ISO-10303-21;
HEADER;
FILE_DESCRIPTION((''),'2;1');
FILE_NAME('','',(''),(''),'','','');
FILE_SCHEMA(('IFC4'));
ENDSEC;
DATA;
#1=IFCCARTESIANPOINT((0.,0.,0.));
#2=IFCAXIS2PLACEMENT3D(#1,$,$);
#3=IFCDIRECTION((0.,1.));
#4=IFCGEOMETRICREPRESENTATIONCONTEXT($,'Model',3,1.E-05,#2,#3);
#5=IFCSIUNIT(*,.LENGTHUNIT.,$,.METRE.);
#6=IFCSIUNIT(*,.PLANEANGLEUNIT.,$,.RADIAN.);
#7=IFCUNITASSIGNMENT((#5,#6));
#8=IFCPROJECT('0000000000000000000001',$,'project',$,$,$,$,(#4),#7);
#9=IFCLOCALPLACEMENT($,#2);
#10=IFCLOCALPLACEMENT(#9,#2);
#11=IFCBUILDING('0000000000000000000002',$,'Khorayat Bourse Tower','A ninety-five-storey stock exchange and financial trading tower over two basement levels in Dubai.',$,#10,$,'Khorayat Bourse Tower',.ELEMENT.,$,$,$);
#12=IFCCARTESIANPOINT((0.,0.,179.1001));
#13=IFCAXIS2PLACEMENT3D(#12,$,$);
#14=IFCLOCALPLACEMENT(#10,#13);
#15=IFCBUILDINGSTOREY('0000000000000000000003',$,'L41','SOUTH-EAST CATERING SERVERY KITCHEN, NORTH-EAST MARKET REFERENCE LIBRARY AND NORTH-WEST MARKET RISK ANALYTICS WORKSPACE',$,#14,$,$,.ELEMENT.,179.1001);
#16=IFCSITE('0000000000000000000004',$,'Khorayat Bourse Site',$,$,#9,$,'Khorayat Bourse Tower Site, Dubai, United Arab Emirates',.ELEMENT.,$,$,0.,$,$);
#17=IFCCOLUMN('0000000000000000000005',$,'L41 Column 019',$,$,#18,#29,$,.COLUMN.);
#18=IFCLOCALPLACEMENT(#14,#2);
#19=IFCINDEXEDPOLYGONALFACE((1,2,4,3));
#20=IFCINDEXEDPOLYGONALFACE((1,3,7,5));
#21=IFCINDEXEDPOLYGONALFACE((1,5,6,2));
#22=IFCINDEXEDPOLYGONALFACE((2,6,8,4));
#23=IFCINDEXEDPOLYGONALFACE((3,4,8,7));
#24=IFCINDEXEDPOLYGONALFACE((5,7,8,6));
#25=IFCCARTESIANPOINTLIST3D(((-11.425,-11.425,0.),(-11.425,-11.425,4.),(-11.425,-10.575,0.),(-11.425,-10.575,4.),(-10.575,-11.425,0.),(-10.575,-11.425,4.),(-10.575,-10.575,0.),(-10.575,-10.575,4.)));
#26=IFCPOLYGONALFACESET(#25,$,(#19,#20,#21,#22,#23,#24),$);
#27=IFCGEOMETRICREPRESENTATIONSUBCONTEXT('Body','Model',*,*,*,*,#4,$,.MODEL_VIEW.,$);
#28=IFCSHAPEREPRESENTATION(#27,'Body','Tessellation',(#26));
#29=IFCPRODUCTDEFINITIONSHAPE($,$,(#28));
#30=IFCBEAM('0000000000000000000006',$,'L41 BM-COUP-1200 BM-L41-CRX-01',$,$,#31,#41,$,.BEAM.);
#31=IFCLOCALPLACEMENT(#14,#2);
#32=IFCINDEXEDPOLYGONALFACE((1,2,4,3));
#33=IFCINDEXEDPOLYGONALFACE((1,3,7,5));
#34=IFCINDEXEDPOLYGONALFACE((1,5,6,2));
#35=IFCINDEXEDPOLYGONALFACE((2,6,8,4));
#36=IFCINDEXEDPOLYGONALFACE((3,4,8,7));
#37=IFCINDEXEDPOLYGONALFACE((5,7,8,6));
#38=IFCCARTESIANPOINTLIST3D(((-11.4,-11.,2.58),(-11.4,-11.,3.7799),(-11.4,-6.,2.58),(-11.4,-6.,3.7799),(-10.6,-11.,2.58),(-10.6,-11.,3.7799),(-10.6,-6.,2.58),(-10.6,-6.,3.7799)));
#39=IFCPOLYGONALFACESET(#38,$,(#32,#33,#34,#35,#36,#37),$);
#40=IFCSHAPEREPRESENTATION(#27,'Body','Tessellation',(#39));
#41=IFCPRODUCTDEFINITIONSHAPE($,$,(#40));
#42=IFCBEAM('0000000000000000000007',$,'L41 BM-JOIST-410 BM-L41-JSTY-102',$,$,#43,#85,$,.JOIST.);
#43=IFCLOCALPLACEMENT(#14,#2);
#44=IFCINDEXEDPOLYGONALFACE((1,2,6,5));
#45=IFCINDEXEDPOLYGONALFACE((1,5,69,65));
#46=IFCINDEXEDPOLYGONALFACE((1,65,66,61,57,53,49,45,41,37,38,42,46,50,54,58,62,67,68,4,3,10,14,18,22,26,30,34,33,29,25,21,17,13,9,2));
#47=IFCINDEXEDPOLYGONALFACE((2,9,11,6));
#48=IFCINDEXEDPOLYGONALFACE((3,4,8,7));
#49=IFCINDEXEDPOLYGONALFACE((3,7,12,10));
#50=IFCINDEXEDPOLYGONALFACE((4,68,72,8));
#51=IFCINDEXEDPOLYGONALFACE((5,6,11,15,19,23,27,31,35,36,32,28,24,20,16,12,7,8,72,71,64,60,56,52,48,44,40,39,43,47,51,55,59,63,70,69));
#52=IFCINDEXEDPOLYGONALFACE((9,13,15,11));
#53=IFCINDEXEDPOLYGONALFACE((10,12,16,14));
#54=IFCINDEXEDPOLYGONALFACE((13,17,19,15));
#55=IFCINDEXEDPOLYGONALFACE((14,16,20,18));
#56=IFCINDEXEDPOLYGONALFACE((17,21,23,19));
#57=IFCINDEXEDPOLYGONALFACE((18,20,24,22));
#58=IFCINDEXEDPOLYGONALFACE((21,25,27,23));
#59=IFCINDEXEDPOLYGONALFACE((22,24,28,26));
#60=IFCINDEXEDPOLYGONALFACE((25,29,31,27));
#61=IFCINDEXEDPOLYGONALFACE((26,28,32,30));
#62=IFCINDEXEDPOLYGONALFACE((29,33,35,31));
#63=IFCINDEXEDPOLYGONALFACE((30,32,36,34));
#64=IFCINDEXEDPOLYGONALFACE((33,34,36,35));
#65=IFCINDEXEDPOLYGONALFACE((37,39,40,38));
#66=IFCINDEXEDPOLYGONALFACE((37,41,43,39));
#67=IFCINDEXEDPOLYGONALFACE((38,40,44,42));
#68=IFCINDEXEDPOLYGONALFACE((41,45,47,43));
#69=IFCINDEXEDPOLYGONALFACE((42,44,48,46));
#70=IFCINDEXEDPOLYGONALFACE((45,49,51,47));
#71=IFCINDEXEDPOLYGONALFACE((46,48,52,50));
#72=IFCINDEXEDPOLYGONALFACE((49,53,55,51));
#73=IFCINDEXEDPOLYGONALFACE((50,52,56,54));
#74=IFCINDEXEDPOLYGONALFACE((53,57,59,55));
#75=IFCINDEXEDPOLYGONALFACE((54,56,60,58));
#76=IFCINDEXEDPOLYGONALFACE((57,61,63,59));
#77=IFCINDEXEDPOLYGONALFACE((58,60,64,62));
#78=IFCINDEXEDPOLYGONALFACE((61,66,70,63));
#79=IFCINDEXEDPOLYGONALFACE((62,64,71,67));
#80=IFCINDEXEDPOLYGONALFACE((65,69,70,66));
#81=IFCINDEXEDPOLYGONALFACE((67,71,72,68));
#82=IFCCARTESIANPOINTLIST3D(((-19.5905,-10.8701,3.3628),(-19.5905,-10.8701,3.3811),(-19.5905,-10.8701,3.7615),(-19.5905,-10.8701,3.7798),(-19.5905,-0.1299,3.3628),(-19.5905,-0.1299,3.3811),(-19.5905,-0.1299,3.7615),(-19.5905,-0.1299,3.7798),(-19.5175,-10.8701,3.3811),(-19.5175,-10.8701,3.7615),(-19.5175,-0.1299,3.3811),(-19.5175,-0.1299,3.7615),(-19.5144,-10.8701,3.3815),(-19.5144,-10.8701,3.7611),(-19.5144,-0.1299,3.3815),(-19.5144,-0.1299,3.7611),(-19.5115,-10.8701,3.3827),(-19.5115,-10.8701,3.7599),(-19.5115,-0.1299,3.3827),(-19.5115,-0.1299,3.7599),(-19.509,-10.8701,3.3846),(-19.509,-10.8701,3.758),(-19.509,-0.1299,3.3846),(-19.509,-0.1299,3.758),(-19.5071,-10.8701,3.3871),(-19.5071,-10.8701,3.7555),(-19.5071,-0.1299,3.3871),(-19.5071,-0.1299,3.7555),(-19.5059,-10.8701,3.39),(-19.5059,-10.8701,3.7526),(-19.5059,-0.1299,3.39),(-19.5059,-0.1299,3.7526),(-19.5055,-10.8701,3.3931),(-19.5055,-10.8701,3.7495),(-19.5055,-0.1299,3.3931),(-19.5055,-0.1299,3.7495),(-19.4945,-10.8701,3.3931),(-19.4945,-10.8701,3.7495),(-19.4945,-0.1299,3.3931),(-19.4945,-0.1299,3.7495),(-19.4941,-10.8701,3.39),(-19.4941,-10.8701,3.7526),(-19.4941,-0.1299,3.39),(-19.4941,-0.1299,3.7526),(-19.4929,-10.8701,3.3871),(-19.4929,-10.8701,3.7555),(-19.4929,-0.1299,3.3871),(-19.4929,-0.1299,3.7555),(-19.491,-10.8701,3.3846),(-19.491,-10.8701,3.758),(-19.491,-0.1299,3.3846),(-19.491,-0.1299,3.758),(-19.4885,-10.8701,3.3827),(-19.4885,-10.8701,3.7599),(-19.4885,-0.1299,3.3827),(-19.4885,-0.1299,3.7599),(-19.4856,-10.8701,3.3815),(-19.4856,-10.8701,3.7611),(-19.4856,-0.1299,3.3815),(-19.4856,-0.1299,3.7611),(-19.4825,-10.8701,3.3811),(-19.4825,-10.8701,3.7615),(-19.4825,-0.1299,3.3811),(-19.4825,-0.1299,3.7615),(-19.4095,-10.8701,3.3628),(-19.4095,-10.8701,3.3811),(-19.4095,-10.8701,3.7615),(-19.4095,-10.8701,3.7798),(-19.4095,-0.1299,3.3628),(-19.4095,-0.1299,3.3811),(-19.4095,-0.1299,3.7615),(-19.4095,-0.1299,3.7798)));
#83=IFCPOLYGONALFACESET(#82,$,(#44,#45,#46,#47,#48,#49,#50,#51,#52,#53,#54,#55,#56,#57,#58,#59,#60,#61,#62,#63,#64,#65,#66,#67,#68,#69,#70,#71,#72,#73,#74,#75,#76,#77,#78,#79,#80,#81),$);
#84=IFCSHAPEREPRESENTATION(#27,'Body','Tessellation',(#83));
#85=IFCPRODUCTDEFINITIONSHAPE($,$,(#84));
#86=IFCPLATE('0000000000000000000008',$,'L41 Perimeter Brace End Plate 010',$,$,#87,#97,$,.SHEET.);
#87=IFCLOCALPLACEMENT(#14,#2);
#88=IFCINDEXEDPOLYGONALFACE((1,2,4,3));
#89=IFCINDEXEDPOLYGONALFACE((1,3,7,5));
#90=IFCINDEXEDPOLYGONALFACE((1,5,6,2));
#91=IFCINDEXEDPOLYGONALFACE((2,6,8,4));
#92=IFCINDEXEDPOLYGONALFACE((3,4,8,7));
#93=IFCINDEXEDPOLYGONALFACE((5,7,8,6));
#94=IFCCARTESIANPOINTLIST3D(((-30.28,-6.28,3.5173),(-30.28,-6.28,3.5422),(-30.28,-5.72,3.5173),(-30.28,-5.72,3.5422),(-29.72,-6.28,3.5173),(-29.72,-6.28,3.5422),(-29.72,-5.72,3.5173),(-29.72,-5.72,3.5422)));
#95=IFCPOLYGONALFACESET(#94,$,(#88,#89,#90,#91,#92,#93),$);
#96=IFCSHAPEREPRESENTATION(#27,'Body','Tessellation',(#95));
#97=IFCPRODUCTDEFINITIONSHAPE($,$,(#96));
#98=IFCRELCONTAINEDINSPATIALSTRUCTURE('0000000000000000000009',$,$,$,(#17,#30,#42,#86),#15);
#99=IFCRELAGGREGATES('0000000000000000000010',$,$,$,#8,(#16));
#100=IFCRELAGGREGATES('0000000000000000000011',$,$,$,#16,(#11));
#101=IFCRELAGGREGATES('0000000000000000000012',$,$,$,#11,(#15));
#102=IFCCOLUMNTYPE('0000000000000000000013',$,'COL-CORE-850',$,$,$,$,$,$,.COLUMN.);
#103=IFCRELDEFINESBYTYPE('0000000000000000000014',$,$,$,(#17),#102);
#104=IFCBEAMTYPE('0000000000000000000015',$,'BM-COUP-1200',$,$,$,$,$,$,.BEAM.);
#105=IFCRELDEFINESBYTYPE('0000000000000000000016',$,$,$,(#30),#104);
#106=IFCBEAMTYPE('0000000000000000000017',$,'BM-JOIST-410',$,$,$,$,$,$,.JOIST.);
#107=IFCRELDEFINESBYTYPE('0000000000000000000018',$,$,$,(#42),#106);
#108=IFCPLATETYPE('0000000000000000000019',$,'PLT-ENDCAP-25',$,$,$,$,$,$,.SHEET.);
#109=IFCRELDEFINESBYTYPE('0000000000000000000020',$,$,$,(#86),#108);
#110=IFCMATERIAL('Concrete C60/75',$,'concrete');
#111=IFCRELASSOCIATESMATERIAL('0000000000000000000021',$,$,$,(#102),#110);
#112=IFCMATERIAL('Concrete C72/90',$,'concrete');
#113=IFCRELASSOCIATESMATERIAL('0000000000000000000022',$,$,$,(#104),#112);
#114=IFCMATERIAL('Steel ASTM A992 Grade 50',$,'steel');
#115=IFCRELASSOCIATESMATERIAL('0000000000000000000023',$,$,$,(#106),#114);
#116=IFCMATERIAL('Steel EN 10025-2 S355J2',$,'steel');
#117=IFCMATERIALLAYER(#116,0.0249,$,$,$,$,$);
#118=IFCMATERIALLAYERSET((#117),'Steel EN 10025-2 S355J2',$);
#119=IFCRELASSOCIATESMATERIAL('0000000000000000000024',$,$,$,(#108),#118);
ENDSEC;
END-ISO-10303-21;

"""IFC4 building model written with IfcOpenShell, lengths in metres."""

from ifc_helpers import new_model, si_unit, direction, frame, origin, origin_2d, place, context, subcontext, project, spatial, rectangle, i_section, extrude, source, transform, mapped, material, layer, layer_set, material_profile, profile_set, type_object, element, save


model = new_model("IFC4")

# Units and contexts
model_context = context("Model", 3, precision=1e-05, world=origin(), true_north=direction((0.0, 1.0)))
body_context = subcontext(model_context, "Body", "Model", "MODEL_VIEW")
ifc_project = project(units=[si_unit("LENGTHUNIT", "METRE"), si_unit("PLANEANGLEUNIT", "RADIAN")], contexts=[model_context])

# Site, building, storey
site_placement = place(None, origin())
site = spatial("IfcSite", under=ifc_project, at=site_placement, Name="Khorayat Bourse Site", LongName="Khorayat Bourse Tower Site, Dubai, United Arab Emirates", CompositionType="ELEMENT", RefElevation=0.0)
building_placement = place(site_placement, origin())
building = spatial("IfcBuilding", under=site, at=building_placement, Name="Khorayat Bourse Tower", Description="A ninety-five-storey stock exchange and financial trading tower over two basement levels in Dubai.", LongName="Khorayat Bourse Tower", CompositionType="ELEMENT")
storey_placement = place(building_placement, frame((0.0, 0.0, 179.1001)))
storey = spatial("IfcBuildingStorey", under=building, at=storey_placement, Name="L41", Description="SOUTH-EAST CATERING SERVERY KITCHEN, NORTH-EAST MARKET REFERENCE LIBRARY AND NORTH-WEST MARKET RISK ANALYTICS WORKSPACE", CompositionType="ELEMENT", Elevation=179.1001)

# Column
ifc_material_1 = material(Name="Concrete C60/75", Category="concrete")
ifc_material_profile_1 = material_profile(ifc_material_1, rectangle(XDim=0.8501, YDim=0.8501, at=origin_2d()), Name="RC 850x850")
ifc_profile_set_1 = profile_set([ifc_material_profile_1], Name="Concrete C60/75")
column_type = type_object("IfcColumnType", Name="COL-CORE-850", PredefinedType="COLUMN", material=ifc_profile_set_1)
shared_shape_1 = source(origin(), body_context, "Body", "SweptSolid", [
    extrude(rectangle(XDim=0.8501, YDim=0.8501, at=origin_2d()), origin(), (0.0, 0.0, 1.0), 4.0),
])
column_placement = place(storey_placement, frame((-11.0, -11.0, 0.0), z_axis=(0.0, 0.0, 1.0), x_axis=(1.0, 0.0, 0.0)))
element("IfcColumn", 1, at=column_placement, inside=storey, type_object=column_type, Name="L41 Column 019", PredefinedType="COLUMN", context=body_context, shape_type="MappedRepresentation", body=[
    mapped(shared_shape_1, transform((0.0, 0.0, 0.0), scale=1.0)),
])

# Beams
ifc_material_2 = material(Name="Concrete C72/90", Category="concrete")
ifc_material_profile_2 = material_profile(ifc_material_2, rectangle(XDim=0.8, YDim=1.2, at=origin_2d()), Name="RC 800x1200")
ifc_profile_set_2 = profile_set([ifc_material_profile_2], Name="Concrete C72/90")
beam_type_1 = type_object("IfcBeamType", Name="BM-COUP-1200", PredefinedType="BEAM", material=ifc_profile_set_2)
shared_shape_2 = source(origin(), body_context, "Body", "SweptSolid", [
    extrude(rectangle(XDim=0.8, YDim=1.2, at=origin_2d()), origin(), (0.0, 0.0, 1.0), 5.0),
])
beam_1_placement = place(storey_placement, frame((-11.0, -11.0, 3.1799), z_axis=(0.0, 1.0, 0.0), x_axis=(-1.0, 0.0, 0.0)))
element("IfcBeam", 2, at=beam_1_placement, inside=storey, type_object=beam_type_1, Name="L41 BM-COUP-1200 BM-L41-CRX-01", PredefinedType="BEAM", context=body_context, shape_type="MappedRepresentation", body=[
    mapped(shared_shape_2, transform((0.0, 0.0, 0.0), scale=1.0)),
])
ifc_material_3 = material(Name="Steel ASTM A992 Grade 50", Category="steel")
ifc_material_profile_3 = material_profile(ifc_material_3, i_section(OverallWidth=0.1809, OverallDepth=0.417, WebThickness=0.011, FlangeThickness=0.0183, FilletRadius=0.012, at=origin_2d()), Name="W410X85")
ifc_profile_set_3 = profile_set([ifc_material_profile_3], Name="Steel ASTM A992 Grade 50")
beam_type_2 = type_object("IfcBeamType", Name="BM-JOIST-410", PredefinedType="JOIST", material=ifc_profile_set_3)
shared_shape_3 = source(origin(), body_context, "Body", "SweptSolid", [
    extrude(i_section(OverallWidth=0.1809, OverallDepth=0.417, WebThickness=0.011, FlangeThickness=0.0183, FilletRadius=0.012, at=origin_2d()), origin(), (0.0, 0.0, 1.0), 10.7402),
])
beam_2_placement = place(storey_placement, frame((-19.5, -10.8701, 3.5713), z_axis=(0.0, 1.0, 0.0), x_axis=(-1.0, 0.0, 0.0)))
element("IfcBeam", 3, at=beam_2_placement, inside=storey, type_object=beam_type_2, Name="L41 BM-JOIST-410 BM-L41-JSTY-102", PredefinedType="JOIST", context=body_context, shape_type="MappedRepresentation", body=[
    mapped(shared_shape_3, transform((0.0, 0.0, 0.0), scale=1.0)),
])

# Plate
ifc_material_4 = material(Name="Steel EN 10025-2 S355J2", Category="steel")
ifc_layer_1 = layer(ifc_material_4, 0.0249)
ifc_layer_set_1 = layer_set([ifc_layer_1], Name="Steel EN 10025-2 S355J2")
plate_type = type_object("IfcPlateType", Name="PLT-ENDCAP-25", PredefinedType="SHEET", material=ifc_layer_set_1)
shared_shape_4 = source(origin(), body_context, "Body", "SweptSolid", [
    extrude(rectangle(XDim=0.5601, YDim=0.5601, at=origin_2d()), origin(), (0.0, 0.0, 1.0), 0.0249),
])
plate_placement = place(storey_placement, frame((-30.0, -6.0, 3.5173), z_axis=(0.0, 0.0, 1.0), x_axis=(1.0, 0.0, 0.0)))
element("IfcPlate", 4, at=plate_placement, inside=storey, type_object=plate_type, Name="L41 Perimeter Brace End Plate 010", PredefinedType="SHEET", context=body_context, shape_type="MappedRepresentation", body=[
    mapped(shared_shape_4, transform((0.0, 0.0, 0.0), scale=1.0)),
])

save(model, "model.ifc")
